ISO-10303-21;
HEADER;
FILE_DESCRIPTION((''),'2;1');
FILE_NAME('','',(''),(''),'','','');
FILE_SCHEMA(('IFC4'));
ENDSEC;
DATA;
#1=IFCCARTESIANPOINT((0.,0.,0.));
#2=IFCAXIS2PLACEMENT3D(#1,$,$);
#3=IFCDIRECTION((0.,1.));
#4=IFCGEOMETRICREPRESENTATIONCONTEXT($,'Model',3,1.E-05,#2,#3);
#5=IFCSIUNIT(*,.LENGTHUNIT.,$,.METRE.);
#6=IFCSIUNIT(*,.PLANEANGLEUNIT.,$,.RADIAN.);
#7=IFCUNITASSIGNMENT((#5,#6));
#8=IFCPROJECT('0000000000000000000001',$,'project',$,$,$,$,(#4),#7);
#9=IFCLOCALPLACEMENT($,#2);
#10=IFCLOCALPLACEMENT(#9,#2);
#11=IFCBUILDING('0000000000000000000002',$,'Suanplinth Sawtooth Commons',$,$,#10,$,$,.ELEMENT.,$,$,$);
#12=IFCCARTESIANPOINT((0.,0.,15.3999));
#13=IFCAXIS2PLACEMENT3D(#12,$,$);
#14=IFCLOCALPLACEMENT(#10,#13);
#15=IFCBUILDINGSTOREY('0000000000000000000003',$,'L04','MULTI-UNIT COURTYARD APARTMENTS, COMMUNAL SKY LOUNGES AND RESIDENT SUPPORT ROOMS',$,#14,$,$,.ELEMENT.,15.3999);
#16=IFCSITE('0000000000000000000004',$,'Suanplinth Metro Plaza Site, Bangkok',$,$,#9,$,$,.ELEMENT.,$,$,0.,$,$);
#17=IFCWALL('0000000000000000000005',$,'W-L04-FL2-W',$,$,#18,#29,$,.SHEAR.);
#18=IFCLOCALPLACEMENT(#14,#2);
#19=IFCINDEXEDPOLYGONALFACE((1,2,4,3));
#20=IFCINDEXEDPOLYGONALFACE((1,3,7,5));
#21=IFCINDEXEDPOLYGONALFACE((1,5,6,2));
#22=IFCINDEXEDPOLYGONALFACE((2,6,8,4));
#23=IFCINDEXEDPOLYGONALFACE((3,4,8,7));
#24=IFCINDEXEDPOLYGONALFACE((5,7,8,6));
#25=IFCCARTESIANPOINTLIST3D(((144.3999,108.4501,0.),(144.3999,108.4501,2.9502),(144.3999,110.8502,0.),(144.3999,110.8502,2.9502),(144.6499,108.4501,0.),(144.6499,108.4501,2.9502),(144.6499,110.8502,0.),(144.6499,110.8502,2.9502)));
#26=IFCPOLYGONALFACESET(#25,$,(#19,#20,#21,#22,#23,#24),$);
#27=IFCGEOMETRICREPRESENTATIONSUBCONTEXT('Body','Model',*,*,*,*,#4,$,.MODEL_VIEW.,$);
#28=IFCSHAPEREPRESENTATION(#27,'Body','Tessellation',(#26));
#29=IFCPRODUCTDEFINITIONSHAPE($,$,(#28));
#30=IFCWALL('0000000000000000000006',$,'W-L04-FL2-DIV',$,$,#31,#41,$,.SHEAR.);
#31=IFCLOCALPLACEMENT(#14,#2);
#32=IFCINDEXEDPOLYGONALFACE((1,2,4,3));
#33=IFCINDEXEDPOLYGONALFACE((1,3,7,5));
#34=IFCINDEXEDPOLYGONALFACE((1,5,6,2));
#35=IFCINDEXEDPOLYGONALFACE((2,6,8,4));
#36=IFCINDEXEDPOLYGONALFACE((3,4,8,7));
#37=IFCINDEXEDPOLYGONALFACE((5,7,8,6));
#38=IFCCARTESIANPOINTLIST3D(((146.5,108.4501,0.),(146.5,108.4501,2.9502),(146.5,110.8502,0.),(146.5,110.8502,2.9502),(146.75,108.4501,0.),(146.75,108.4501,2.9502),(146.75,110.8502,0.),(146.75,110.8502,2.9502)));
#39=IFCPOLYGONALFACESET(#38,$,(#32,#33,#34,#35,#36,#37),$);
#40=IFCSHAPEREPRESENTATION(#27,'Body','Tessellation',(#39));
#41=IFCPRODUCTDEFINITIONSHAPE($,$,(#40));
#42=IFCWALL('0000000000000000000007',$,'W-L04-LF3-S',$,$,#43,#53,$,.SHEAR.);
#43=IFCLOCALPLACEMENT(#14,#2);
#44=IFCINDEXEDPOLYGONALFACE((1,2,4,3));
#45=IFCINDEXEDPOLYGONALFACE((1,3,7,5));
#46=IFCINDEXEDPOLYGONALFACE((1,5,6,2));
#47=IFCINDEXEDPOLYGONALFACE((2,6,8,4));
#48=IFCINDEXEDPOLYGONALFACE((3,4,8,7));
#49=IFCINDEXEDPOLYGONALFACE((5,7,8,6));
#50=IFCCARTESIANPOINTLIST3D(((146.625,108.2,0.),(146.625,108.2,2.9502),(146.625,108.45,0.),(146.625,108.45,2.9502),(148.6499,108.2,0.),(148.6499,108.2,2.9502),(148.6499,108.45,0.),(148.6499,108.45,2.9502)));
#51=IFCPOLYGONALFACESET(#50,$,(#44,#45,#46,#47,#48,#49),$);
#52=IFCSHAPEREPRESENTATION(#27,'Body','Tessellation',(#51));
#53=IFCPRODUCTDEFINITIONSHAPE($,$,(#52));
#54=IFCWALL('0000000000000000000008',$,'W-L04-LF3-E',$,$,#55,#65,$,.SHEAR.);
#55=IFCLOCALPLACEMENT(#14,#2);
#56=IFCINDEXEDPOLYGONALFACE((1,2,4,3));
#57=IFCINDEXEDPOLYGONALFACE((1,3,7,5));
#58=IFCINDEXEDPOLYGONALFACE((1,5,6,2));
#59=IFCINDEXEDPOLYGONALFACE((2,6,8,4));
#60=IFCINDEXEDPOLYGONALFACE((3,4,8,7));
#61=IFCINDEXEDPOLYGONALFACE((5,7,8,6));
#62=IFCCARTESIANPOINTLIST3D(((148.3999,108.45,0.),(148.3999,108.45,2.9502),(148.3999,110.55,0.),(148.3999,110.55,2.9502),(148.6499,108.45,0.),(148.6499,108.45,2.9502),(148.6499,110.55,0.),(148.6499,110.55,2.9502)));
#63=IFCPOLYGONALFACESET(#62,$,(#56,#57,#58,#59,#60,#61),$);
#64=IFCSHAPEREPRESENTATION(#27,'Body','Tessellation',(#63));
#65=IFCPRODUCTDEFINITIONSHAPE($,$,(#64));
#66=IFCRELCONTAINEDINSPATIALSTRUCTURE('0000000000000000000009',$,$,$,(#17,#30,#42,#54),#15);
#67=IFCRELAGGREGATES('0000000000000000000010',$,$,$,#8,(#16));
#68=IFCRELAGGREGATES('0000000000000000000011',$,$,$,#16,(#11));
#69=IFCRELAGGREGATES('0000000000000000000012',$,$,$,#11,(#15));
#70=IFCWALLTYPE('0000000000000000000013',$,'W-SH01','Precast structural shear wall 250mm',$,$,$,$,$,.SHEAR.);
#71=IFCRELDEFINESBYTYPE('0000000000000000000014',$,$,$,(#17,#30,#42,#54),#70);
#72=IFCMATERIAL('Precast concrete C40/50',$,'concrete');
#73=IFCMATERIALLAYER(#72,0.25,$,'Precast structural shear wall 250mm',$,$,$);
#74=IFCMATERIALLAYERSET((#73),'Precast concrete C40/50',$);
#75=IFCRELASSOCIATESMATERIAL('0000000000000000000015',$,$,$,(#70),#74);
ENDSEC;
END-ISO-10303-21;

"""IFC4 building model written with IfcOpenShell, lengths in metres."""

from ifc_helpers import new_model, si_unit, direction, frame, frame_2d, origin, place, context, subcontext, project, spatial, rectangle, extrude, material, layer, layer_set, type_object, element, save


model = new_model("IFC4")

# Units and contexts
model_context = context("Model", 3, precision=1e-05, world=origin(), true_north=direction((0.0, 1.0)))
body_context = subcontext(model_context, "Body", "Model", "MODEL_VIEW")
ifc_project = project(units=[si_unit("LENGTHUNIT", "METRE"), si_unit("PLANEANGLEUNIT", "RADIAN")], contexts=[model_context])

# Site, building, storey
site_placement = place(None, origin())
site = spatial("IfcSite", under=ifc_project, at=site_placement, Name="Suanplinth Metro Plaza Site, Bangkok", CompositionType="ELEMENT", RefElevation=0.0)
building_placement = place(site_placement, origin())
building = spatial("IfcBuilding", under=site, at=building_placement, Name="Suanplinth Sawtooth Commons", CompositionType="ELEMENT")
storey_placement = place(building_placement, frame((0.0, 0.0, 15.3999)))
storey = spatial("IfcBuildingStorey", under=building, at=storey_placement, Name="L04", Description="MULTI-UNIT COURTYARD APARTMENTS, COMMUNAL SKY LOUNGES AND RESIDENT SUPPORT ROOMS", CompositionType="ELEMENT", Elevation=15.3999)

# Shared definitions
ifc_material_1 = material(Name="Precast concrete C40/50", Category="concrete")

# Shared definitions
ifc_layer_1 = layer(ifc_material_1, 0.25, Name="Precast structural shear wall 250mm")
ifc_layer_set_1 = layer_set([ifc_layer_1], Name="Precast concrete C40/50")
wall_type_1 = type_object("IfcWallType", Name="W-SH01", Description="Precast structural shear wall 250mm", PredefinedType="SHEAR", material=ifc_layer_set_1)

# Walls
for number, where, z_axis, x_axis, name in (
    (1, (144.5249, 108.45, 0.0), (0.0, 0.0, 1.0), (0.0, 1.0, 0.0), "W-L04-FL2-W"),
    (2, (146.625, 108.45, 0.0), (0.0, 0.0, 1.0), (0.0, 1.0, 0.0), "W-L04-FL2-DIV"),
):
    element("IfcWall", number, at=place(storey_placement, frame(where, z_axis=z_axis, x_axis=x_axis)), inside=storey, type_object=wall_type_1, Name=name, PredefinedType="SHEAR", context=body_context, shape_type="SweptSolid", body=[
        extrude(rectangle(XDim=2.4001, YDim=0.25, at=frame_2d((1.2002, 0.0))), origin(), (0.0, 0.0, 1.0), 2.9502),
    ])
wall_1_placement = place(storey_placement, frame((146.625, 108.325, 0.0), z_axis=(0.0, 0.0, 1.0), x_axis=(1.0, 0.0, 0.0)))
element("IfcWall", 3, at=wall_1_placement, inside=storey, type_object=wall_type_1, Name="W-L04-LF3-S", PredefinedType="SHEAR", context=body_context, shape_type="SweptSolid", body=[
    extrude(rectangle(XDim=2.0249, YDim=0.25, at=frame_2d((1.0125, 0.0))), origin(), (0.0, 0.0, 1.0), 2.9502),
])

# Wall
wall_2_placement = place(storey_placement, frame((148.5249, 108.45, 0.0), z_axis=(0.0, 0.0, 1.0), x_axis=(0.0, 1.0, 0.0)))
element("IfcWall", 4, at=wall_2_placement, inside=storey, type_object=wall_type_1, Name="W-L04-LF3-E", PredefinedType="SHEAR", context=body_context, shape_type="SweptSolid", body=[
    extrude(rectangle(XDim=2.1001, YDim=0.25, at=frame_2d((1.05, 0.0))), origin(), (0.0, 0.0, 1.0), 2.9502),
])

save(model, "model.ifc")
